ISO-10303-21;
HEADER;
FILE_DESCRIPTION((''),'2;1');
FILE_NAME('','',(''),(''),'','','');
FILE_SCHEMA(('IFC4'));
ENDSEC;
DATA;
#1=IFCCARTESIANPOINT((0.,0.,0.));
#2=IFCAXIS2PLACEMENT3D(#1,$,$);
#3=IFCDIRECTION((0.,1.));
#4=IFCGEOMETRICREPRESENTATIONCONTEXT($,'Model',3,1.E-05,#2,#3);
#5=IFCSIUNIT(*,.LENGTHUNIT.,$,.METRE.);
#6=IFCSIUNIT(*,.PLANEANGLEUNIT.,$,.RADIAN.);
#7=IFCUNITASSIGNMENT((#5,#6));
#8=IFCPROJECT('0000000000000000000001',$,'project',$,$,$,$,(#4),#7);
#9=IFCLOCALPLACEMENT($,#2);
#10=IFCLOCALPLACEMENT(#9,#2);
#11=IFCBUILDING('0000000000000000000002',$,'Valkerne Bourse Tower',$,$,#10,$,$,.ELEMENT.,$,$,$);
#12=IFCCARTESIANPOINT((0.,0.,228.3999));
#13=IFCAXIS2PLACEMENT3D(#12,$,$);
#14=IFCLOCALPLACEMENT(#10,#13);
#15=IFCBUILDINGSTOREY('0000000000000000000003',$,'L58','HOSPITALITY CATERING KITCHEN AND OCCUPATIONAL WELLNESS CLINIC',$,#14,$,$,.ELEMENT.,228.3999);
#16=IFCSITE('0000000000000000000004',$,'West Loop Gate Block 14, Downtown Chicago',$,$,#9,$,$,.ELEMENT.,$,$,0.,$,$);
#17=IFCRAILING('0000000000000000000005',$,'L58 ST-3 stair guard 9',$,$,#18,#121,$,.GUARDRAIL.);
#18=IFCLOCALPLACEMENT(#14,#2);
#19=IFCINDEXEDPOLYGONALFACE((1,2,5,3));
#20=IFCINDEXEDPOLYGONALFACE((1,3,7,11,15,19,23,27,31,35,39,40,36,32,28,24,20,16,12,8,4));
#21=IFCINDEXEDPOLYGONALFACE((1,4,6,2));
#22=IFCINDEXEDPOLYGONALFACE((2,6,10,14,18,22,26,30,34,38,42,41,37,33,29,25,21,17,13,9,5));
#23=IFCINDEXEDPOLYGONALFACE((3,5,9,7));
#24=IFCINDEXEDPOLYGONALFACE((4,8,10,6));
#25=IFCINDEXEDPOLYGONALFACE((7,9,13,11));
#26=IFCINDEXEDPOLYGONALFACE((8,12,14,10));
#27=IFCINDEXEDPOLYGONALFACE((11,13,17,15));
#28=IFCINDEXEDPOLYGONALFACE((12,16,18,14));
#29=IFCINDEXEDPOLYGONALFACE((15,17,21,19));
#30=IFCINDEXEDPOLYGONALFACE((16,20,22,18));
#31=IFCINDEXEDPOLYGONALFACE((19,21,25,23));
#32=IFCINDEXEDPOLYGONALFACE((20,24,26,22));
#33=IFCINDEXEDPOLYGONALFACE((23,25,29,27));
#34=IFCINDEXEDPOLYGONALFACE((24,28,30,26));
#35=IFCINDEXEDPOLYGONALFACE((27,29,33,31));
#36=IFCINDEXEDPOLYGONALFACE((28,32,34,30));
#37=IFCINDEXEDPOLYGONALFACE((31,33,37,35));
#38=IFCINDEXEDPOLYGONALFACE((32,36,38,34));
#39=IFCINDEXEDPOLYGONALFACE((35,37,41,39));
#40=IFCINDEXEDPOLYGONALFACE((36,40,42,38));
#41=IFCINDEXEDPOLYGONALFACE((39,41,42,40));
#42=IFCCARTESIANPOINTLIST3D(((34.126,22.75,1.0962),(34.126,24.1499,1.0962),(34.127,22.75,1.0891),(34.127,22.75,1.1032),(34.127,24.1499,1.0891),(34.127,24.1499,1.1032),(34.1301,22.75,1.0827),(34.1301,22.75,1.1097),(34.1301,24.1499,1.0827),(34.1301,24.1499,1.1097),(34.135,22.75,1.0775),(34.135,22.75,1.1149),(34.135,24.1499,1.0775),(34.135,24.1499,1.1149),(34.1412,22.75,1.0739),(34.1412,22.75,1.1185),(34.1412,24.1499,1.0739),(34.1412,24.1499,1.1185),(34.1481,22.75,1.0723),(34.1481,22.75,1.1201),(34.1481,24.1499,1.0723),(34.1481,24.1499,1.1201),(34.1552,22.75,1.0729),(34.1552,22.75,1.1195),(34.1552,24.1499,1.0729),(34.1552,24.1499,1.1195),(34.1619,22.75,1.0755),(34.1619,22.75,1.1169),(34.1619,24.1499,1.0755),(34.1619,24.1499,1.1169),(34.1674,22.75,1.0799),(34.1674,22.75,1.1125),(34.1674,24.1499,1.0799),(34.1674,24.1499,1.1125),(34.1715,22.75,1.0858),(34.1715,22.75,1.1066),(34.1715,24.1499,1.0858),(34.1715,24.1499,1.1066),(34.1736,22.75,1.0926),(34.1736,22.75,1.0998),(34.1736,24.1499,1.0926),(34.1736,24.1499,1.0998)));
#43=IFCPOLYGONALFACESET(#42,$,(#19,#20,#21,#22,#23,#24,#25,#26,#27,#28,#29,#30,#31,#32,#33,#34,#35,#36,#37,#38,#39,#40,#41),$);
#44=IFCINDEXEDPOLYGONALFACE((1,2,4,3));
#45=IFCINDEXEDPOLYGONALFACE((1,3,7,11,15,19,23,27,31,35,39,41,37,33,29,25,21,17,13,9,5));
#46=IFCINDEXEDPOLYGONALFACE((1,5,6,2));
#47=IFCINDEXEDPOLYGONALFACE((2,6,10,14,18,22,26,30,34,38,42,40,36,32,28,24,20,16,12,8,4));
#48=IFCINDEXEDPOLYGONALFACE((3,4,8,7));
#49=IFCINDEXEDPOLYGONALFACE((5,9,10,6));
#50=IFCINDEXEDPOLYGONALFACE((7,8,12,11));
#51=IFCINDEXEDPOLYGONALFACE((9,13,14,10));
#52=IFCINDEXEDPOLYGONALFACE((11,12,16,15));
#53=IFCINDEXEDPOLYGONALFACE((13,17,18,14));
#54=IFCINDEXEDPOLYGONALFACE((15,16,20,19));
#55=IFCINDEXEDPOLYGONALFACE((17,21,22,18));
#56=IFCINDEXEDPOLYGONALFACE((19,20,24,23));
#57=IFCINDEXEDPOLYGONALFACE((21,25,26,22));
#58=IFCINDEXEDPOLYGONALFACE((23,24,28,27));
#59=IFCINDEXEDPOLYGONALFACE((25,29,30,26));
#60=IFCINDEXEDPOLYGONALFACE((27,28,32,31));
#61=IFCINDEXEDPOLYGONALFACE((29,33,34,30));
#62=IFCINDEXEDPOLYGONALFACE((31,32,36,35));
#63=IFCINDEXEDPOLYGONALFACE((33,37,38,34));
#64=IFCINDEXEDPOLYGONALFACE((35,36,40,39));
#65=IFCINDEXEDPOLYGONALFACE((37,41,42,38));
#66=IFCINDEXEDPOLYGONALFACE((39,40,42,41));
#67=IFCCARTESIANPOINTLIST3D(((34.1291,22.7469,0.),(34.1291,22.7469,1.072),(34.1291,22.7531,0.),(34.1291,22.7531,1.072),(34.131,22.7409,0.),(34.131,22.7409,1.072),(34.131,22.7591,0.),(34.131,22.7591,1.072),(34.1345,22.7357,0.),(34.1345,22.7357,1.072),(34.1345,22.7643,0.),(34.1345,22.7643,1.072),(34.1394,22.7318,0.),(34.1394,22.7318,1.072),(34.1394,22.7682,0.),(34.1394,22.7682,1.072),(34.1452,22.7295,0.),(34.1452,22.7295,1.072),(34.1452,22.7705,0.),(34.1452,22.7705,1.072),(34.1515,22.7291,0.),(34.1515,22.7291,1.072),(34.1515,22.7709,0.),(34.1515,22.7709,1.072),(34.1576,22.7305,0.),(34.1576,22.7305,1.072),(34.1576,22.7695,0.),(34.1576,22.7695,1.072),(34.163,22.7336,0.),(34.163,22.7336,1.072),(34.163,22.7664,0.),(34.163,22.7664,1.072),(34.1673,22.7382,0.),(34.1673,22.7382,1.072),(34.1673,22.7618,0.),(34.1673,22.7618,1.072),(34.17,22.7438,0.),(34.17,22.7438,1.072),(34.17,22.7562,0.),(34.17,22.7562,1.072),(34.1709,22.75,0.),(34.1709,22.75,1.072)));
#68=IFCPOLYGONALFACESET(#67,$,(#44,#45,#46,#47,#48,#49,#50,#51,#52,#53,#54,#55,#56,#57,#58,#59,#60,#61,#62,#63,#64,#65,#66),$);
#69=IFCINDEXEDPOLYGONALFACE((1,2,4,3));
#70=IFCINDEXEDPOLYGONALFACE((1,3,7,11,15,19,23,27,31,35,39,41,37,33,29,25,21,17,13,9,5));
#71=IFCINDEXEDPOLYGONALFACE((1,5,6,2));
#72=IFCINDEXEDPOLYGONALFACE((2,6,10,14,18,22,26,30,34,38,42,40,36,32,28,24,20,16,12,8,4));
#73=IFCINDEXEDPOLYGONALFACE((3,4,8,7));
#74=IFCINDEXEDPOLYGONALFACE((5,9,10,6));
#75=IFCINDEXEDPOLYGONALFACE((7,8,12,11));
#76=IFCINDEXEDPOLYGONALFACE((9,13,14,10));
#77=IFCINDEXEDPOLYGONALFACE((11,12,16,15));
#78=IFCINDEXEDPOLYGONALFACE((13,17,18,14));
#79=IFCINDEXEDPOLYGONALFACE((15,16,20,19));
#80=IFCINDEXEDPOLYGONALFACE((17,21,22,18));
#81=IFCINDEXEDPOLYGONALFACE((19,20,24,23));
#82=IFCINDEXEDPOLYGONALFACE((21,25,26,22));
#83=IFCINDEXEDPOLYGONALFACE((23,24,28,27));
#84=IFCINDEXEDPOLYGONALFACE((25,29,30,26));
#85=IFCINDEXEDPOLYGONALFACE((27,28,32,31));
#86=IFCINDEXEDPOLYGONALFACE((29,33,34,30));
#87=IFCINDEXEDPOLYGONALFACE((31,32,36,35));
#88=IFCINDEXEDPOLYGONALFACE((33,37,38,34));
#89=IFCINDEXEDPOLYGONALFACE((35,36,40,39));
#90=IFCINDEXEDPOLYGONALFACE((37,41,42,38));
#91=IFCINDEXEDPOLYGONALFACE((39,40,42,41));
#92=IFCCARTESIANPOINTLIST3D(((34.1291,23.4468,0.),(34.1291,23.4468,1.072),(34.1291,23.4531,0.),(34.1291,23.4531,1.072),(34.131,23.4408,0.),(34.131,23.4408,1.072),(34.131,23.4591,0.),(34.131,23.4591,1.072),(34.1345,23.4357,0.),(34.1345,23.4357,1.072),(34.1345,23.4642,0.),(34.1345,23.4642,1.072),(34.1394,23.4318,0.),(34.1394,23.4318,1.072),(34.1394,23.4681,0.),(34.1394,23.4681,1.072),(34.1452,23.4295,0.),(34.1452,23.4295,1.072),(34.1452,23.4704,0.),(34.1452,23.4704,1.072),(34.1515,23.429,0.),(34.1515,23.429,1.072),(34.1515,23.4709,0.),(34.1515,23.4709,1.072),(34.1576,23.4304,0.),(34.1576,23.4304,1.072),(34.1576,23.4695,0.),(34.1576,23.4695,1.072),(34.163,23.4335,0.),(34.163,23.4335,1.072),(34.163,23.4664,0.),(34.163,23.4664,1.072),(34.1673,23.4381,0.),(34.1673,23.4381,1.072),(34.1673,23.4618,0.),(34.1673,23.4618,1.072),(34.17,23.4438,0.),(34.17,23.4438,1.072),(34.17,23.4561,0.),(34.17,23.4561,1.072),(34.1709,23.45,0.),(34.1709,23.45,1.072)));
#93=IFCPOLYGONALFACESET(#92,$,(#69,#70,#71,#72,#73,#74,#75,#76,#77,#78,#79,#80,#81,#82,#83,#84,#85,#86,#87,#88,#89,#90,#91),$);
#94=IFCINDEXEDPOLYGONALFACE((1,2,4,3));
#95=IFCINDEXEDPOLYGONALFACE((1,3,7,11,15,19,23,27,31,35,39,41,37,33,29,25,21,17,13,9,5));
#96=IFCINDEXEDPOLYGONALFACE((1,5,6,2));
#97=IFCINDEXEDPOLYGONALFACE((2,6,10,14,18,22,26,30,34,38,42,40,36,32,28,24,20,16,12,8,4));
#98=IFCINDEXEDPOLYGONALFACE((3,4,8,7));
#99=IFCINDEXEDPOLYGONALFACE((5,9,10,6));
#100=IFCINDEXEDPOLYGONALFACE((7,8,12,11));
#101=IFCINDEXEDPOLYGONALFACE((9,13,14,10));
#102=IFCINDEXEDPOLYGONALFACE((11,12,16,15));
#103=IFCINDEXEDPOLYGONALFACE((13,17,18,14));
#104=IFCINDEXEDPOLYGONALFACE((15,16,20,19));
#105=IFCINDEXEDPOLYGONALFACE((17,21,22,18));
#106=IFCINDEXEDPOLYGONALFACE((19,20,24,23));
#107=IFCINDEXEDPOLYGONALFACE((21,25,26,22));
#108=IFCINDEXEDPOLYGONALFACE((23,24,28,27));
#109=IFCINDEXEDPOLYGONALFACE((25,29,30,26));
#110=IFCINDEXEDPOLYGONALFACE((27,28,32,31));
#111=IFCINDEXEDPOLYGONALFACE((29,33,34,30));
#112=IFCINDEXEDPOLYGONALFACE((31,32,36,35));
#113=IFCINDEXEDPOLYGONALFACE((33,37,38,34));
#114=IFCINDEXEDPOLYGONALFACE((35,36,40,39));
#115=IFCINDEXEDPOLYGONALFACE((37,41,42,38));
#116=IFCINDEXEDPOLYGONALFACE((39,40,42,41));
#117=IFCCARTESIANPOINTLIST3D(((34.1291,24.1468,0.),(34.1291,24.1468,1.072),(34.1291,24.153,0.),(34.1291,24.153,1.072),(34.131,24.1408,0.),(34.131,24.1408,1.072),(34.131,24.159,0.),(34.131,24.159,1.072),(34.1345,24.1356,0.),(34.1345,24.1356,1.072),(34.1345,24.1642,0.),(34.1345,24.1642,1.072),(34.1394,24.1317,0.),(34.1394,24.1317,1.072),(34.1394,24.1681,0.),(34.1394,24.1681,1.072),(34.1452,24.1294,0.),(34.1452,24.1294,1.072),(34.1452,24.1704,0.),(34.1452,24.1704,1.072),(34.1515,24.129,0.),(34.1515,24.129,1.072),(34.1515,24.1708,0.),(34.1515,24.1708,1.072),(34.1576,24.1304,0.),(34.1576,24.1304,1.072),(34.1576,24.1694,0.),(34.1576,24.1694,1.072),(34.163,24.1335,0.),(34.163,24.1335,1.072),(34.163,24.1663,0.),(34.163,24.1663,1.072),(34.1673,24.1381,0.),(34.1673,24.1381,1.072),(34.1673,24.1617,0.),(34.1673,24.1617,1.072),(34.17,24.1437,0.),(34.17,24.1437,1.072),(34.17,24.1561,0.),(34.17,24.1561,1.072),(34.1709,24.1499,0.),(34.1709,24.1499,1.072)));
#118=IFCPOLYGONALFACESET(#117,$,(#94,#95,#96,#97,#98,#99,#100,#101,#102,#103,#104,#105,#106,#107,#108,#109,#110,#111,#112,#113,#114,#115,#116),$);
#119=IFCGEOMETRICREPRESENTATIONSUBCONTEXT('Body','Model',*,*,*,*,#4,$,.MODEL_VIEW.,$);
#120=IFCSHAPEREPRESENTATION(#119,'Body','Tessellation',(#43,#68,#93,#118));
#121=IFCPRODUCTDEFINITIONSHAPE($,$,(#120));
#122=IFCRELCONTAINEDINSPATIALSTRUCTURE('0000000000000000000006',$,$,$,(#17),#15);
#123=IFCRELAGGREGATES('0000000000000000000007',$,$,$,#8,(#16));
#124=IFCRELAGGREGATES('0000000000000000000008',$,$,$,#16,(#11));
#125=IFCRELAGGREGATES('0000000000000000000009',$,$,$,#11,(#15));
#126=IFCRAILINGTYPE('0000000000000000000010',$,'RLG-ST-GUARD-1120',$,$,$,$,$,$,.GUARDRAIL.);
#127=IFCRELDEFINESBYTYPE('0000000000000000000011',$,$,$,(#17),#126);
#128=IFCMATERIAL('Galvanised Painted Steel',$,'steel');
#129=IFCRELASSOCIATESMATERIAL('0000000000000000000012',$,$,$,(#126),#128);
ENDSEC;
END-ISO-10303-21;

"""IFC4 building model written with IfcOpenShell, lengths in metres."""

from ifc_helpers import new_model, si_unit, direction, frame, origin, origin_2d, place, context, subcontext, project, spatial, circle, extrude, material, type_object, element, save


model = new_model("IFC4")

# Units and contexts
model_context = context("Model", 3, precision=1e-05, world=origin(), true_north=direction((0.0, 1.0)))
body_context = subcontext(model_context, "Body", "Model", "MODEL_VIEW")
ifc_project = project(units=[si_unit("LENGTHUNIT", "METRE"), si_unit("PLANEANGLEUNIT", "RADIAN")], contexts=[model_context])

# Site, building, storey
site_placement = place(None, origin())
site = spatial("IfcSite", under=ifc_project, at=site_placement, Name="West Loop Gate Block 14, Downtown Chicago", CompositionType="ELEMENT", RefElevation=0.0)
building_placement = place(site_placement, origin())
building = spatial("IfcBuilding", under=site, at=building_placement, Name="Valkerne Bourse Tower", CompositionType="ELEMENT")
storey_placement = place(building_placement, frame((0.0, 0.0, 228.3999)))
storey = spatial("IfcBuildingStorey", under=building, at=storey_placement, Name="L58", Description="HOSPITALITY CATERING KITCHEN AND OCCUPATIONAL WELLNESS CLINIC", CompositionType="ELEMENT", Elevation=228.3999)

# Shared definitions
ifc_material_1 = material(Name="Galvanised Painted Steel", Category="steel")

# Railing
railing_type_1 = type_object("IfcRailingType", Name="RLG-ST-GUARD-1120", PredefinedType="GUARDRAIL", material=ifc_material_1)
railing_1_placement = place(storey_placement, frame((34.1499, 22.75, 0.0)))
element("IfcRailing", 1, at=railing_1_placement, inside=storey, type_object=railing_type_1, Name="L58 ST-3 stair guard 9", PredefinedType="GUARDRAIL", context=body_context, shape_type="SweptSolid", body=[
    extrude(circle(Radius=0.0239, at=origin_2d()), frame((0.0, 0.0, 1.0962), z_axis=(0.0, 1.0, 0.0), x_axis=(-1.0, 0.0, 0.0)), (0.0, 0.0, 1.0), 1.3999),
    extrude(circle(Radius=0.021, at=origin_2d()), origin(), (0.0, 0.0, 1.0), 1.072),
    extrude(circle(Radius=0.021, at=origin_2d()), frame((0.0, 0.7, 0.0)), (0.0, 0.0, 1.0), 1.072),
    extrude(circle(Radius=0.021, at=origin_2d()), frame((0.0, 1.3999, 0.0)), (0.0, 0.0, 1.0), 1.072),
])

save(model, "model.ifc")
